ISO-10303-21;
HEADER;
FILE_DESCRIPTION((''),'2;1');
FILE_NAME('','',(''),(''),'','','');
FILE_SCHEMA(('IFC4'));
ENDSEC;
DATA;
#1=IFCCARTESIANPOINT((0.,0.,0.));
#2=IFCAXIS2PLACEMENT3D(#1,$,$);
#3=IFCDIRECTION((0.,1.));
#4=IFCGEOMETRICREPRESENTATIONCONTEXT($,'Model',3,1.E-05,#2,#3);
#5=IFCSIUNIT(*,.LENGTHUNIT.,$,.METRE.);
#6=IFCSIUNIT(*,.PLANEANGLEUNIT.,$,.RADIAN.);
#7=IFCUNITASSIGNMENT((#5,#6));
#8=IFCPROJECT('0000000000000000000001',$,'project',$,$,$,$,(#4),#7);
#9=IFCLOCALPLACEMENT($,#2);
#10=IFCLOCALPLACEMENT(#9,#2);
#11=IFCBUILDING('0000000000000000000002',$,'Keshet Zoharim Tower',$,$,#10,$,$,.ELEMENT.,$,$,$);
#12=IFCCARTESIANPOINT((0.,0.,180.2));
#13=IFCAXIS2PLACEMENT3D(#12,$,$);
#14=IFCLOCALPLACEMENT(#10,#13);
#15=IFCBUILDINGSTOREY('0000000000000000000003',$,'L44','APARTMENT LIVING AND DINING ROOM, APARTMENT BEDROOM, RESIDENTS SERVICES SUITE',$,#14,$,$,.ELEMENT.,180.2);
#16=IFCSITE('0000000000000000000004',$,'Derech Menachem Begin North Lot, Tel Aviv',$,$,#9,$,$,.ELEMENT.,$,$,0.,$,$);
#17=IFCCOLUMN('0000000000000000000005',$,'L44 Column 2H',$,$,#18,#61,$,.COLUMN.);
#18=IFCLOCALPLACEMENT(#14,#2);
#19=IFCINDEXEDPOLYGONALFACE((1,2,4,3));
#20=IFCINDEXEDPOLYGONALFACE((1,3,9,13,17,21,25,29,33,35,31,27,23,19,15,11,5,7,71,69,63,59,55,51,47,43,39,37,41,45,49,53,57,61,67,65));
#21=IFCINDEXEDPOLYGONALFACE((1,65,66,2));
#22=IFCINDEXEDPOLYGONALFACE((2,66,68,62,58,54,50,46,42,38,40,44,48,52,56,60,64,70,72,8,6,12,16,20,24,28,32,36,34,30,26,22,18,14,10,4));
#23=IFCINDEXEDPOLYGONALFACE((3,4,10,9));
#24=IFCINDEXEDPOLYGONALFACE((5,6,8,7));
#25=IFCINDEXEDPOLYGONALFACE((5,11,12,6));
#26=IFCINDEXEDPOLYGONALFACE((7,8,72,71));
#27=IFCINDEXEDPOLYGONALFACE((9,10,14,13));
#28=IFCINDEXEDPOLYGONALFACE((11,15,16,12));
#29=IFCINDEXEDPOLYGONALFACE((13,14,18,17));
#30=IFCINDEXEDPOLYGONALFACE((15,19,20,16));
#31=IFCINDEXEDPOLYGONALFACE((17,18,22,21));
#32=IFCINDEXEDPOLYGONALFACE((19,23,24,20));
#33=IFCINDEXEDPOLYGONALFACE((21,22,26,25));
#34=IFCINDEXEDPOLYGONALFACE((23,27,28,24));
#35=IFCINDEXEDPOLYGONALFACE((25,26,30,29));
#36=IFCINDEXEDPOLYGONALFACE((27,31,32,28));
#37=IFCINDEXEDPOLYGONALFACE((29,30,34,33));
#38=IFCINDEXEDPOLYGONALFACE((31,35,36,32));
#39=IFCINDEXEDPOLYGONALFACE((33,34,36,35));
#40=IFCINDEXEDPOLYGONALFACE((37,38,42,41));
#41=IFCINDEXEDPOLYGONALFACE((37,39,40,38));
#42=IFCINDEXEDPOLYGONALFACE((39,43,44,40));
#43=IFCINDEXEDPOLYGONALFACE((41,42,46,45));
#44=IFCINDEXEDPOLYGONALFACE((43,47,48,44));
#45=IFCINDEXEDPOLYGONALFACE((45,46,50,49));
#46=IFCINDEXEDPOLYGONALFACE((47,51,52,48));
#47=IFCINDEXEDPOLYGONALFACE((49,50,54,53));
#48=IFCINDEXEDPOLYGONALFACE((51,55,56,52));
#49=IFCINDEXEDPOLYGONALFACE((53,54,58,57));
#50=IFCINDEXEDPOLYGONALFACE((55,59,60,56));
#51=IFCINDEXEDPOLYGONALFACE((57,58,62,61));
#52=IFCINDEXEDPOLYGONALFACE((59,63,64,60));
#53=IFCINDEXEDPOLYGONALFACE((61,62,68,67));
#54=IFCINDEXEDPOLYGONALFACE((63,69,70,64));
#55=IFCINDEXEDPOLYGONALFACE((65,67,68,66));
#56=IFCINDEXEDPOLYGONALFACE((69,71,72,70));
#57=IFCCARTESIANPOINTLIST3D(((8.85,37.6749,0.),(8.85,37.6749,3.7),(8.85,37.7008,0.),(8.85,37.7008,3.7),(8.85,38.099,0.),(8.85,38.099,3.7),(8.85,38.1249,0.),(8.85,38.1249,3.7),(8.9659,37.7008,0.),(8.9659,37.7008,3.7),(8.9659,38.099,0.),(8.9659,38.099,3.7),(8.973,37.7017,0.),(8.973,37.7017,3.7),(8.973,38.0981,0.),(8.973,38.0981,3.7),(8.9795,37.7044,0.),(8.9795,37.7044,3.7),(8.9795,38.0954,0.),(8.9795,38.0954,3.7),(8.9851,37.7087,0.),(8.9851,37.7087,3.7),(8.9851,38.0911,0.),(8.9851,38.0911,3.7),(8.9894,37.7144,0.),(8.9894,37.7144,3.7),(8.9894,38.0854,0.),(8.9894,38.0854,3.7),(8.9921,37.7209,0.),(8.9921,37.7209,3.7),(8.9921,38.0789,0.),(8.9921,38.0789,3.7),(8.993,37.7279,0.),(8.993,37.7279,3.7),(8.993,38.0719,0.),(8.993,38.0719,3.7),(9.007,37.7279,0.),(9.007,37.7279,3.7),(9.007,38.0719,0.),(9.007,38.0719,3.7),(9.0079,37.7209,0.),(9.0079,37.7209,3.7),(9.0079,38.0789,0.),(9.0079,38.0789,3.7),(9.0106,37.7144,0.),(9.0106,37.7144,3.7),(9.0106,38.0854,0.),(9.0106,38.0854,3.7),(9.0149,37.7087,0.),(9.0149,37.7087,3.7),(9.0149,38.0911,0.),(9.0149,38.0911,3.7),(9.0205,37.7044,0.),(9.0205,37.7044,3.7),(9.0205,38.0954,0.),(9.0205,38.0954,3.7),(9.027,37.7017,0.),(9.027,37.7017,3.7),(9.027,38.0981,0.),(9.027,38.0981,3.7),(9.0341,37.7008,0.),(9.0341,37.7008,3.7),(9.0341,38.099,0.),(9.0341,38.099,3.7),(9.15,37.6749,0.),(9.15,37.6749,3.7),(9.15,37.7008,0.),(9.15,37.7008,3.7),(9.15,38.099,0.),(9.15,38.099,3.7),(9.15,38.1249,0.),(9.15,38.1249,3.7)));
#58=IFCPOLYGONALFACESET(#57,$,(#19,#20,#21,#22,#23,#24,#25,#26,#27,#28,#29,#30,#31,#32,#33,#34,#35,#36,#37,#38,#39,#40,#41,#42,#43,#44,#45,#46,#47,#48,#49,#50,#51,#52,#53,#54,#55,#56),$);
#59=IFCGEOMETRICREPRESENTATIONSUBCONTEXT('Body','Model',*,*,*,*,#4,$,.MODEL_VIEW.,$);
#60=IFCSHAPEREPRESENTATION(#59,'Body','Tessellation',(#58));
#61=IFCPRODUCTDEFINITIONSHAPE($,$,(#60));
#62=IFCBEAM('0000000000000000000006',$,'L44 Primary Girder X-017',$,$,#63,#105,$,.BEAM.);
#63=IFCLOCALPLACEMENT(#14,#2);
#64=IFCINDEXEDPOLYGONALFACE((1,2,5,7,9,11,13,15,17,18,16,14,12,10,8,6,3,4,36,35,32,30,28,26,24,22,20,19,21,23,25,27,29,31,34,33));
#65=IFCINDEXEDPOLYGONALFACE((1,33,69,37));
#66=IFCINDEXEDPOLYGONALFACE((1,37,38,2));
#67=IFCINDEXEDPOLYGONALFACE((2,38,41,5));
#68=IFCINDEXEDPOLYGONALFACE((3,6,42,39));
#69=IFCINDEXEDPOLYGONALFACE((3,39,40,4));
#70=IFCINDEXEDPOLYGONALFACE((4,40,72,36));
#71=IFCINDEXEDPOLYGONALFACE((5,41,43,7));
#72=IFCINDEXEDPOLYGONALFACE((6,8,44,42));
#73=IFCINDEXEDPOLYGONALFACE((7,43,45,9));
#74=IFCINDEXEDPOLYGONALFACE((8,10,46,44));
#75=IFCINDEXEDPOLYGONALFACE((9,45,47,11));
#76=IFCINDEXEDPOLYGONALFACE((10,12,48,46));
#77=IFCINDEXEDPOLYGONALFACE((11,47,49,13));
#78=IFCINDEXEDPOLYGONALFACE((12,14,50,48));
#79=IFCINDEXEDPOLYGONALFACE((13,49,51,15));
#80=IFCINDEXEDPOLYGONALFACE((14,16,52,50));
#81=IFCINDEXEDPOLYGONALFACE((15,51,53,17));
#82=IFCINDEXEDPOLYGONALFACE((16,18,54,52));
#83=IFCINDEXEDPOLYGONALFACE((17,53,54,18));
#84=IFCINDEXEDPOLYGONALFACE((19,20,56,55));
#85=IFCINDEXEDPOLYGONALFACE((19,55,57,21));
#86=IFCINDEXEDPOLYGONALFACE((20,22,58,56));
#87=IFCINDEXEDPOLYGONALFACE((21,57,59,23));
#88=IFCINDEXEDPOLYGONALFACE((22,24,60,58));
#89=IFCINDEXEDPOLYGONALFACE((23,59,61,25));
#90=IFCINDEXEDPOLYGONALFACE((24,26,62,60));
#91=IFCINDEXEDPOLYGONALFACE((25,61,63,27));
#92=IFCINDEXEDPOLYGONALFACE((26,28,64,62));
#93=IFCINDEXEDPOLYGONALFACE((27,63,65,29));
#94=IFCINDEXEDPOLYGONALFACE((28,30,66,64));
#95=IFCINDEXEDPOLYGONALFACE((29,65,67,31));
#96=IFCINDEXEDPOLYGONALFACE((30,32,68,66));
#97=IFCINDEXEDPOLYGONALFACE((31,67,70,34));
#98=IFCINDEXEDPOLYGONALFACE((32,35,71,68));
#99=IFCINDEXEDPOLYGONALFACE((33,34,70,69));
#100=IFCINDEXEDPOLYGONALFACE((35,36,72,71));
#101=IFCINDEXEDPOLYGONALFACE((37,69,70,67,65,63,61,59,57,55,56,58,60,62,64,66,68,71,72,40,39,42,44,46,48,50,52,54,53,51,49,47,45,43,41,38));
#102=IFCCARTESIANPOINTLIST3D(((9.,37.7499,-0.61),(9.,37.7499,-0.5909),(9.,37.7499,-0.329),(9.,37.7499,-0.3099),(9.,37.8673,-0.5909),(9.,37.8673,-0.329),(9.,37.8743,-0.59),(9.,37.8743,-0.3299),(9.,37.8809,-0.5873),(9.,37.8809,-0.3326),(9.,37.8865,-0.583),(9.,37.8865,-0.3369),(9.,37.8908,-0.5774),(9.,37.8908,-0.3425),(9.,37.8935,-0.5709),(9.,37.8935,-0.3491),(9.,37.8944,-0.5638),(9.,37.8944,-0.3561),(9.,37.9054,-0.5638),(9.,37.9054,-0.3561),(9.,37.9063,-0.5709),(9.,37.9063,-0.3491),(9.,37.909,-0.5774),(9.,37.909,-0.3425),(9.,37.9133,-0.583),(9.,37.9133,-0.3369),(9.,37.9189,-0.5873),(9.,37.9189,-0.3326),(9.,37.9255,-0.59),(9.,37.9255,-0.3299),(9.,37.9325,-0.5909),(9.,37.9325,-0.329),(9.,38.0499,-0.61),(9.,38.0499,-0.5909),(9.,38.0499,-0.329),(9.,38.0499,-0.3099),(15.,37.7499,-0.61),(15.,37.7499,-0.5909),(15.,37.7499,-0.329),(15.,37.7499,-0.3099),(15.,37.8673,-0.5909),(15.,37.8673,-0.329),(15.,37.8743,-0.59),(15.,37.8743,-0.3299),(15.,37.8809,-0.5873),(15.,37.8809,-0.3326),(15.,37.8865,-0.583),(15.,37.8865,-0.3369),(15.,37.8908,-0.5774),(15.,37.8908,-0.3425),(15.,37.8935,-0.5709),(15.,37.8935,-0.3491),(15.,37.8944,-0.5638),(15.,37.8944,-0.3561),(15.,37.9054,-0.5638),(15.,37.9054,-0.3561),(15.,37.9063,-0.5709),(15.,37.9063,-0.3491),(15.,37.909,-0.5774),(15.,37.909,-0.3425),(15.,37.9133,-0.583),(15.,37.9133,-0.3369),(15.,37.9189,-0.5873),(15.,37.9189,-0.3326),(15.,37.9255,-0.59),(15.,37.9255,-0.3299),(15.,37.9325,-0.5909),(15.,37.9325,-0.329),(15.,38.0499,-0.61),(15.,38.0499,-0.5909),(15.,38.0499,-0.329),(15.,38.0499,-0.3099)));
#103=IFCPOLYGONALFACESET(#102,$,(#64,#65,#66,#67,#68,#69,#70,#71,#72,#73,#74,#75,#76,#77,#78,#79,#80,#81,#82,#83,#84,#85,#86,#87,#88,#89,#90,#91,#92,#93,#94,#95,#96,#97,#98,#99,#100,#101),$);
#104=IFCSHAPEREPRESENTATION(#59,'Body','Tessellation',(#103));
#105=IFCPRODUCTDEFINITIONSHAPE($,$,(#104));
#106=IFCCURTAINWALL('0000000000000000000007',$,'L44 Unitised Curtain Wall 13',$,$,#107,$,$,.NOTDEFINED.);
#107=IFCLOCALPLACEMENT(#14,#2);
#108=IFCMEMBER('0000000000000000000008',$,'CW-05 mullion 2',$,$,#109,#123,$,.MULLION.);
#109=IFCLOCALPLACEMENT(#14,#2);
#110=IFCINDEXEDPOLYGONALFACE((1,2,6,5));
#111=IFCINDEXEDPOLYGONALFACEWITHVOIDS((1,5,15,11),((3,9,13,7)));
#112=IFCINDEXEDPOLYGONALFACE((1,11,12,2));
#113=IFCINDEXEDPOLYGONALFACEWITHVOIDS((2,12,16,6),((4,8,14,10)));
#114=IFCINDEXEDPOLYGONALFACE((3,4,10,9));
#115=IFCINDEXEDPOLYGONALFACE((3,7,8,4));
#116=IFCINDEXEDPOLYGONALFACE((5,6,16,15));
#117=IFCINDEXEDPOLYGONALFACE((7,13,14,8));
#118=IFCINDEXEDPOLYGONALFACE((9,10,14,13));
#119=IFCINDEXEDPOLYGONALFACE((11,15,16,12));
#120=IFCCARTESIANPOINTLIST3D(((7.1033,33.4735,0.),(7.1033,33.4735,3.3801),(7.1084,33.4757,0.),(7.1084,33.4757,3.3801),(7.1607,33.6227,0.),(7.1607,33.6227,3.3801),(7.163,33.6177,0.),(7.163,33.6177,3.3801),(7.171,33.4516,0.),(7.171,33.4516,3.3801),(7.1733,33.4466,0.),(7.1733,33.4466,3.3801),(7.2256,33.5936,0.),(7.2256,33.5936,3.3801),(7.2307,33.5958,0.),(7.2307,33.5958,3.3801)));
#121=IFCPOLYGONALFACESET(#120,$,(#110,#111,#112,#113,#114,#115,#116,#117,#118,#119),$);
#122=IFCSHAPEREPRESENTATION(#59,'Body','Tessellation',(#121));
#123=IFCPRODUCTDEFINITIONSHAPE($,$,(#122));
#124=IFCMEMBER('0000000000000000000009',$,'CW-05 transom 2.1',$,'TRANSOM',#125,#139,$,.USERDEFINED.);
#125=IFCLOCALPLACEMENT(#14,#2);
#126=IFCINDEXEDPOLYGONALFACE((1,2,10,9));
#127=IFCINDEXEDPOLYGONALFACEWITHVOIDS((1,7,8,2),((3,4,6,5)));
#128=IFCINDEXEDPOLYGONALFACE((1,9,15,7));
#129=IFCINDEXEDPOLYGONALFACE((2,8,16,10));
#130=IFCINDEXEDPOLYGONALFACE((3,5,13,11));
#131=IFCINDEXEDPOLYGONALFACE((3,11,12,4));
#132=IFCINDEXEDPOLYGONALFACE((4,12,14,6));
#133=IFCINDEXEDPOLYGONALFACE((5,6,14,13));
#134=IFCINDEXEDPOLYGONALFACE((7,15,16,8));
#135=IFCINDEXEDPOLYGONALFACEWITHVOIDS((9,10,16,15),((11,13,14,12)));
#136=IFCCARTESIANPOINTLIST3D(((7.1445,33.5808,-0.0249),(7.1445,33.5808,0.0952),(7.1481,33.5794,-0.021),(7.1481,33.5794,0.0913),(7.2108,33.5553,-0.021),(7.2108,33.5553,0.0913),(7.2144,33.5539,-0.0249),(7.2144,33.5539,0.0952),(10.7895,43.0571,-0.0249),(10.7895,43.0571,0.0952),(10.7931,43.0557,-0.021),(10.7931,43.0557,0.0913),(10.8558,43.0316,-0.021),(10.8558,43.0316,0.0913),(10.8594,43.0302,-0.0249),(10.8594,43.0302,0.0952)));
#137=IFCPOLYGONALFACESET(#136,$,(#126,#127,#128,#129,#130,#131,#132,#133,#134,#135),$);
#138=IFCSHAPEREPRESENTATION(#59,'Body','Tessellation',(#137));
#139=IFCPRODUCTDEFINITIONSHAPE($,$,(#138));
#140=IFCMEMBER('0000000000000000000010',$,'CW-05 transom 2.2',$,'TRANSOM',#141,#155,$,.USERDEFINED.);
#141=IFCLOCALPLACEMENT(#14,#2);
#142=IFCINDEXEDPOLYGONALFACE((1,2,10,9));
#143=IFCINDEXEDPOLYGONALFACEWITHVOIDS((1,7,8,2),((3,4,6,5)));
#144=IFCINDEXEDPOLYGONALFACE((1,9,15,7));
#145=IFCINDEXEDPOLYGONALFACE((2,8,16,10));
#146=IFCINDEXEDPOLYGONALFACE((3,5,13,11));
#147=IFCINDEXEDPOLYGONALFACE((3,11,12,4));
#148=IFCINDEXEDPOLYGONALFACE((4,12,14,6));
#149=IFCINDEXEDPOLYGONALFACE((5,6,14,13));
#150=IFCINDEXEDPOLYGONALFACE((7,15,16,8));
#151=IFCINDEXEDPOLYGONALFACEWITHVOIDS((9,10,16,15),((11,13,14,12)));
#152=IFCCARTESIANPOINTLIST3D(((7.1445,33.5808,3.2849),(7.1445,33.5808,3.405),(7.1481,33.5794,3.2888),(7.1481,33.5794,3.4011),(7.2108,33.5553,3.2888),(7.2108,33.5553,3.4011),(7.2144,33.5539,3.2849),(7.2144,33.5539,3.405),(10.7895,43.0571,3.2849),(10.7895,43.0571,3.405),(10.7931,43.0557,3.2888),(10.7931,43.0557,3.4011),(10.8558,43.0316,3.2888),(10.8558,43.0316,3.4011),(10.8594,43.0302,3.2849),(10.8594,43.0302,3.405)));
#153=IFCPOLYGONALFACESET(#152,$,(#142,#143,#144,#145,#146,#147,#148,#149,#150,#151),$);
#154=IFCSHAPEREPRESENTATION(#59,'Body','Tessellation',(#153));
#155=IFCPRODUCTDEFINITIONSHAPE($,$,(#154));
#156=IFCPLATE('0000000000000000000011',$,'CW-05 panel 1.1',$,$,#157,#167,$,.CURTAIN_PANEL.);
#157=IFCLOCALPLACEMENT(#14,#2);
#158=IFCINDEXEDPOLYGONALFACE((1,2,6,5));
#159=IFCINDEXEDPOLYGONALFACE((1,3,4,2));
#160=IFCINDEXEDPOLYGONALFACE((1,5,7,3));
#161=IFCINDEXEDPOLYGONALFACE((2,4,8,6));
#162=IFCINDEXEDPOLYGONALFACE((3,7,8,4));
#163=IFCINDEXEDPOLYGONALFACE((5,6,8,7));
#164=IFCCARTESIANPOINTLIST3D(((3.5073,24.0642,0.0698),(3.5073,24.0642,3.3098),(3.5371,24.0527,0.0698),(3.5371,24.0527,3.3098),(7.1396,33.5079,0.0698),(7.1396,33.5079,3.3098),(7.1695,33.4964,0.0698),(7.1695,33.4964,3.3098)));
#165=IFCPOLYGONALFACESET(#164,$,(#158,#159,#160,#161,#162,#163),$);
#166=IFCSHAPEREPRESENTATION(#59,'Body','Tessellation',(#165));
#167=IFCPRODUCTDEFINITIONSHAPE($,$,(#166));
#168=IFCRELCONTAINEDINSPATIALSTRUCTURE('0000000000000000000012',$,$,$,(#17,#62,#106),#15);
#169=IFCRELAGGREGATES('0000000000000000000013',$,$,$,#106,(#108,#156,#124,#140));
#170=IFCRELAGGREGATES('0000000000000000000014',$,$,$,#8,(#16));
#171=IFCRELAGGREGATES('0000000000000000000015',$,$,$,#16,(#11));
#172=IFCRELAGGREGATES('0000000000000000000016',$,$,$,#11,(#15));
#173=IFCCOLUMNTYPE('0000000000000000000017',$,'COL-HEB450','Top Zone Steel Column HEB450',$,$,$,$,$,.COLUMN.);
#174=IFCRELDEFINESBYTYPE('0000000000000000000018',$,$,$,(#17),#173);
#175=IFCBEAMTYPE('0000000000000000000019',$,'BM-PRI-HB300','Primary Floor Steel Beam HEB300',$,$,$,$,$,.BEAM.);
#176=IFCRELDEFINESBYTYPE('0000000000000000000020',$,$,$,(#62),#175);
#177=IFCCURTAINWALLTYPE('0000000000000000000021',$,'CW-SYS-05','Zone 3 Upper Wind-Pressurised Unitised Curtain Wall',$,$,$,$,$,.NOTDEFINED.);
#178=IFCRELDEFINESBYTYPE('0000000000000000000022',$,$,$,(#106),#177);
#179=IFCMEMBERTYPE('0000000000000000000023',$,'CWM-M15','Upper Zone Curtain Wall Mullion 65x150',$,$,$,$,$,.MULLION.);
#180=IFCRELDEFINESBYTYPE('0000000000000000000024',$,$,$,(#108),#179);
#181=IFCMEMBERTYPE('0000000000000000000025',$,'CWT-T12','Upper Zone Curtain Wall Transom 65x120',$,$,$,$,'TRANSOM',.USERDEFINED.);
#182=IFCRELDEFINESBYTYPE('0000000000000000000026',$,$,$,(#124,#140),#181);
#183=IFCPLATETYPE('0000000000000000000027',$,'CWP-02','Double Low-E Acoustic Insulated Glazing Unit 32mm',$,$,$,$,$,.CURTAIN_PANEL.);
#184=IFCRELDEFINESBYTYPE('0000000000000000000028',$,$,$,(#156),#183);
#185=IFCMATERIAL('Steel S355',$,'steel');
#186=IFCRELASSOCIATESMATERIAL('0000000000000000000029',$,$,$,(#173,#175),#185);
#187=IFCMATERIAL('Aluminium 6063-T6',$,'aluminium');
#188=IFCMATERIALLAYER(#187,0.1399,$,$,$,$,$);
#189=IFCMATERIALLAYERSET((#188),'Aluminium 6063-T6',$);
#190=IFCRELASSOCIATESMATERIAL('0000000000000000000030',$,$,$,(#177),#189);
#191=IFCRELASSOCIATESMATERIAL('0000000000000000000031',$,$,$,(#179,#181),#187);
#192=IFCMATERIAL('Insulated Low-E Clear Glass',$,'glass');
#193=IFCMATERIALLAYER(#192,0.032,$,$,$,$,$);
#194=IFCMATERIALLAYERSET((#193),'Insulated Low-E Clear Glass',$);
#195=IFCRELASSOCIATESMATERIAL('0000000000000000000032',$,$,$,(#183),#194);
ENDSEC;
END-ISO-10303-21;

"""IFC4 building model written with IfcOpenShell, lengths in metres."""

from ifc_helpers import new_model, si_unit, direction, frame, origin, origin_2d, place, context, subcontext, project, spatial, rectangle, hollow_rectangle, i_section, extrude, material, layer, layer_set, material_profile, profile_set, type_object, element, aggregate, save


model = new_model("IFC4")

# Units and contexts
model_context = context("Model", 3, precision=1e-05, world=origin(), true_north=direction((0.0, 1.0)))
body_context = subcontext(model_context, "Body", "Model", "MODEL_VIEW")
ifc_project = project(units=[si_unit("LENGTHUNIT", "METRE"), si_unit("PLANEANGLEUNIT", "RADIAN")], contexts=[model_context])

# Site, building, storey
site_placement = place(None, origin())
site = spatial("IfcSite", under=ifc_project, at=site_placement, Name="Derech Menachem Begin North Lot, Tel Aviv", CompositionType="ELEMENT", RefElevation=0.0)
building_placement = place(site_placement, origin())
building = spatial("IfcBuilding", under=site, at=building_placement, Name="Keshet Zoharim Tower", CompositionType="ELEMENT")
storey_placement = place(building_placement, frame((0.0, 0.0, 180.2)))
storey = spatial("IfcBuildingStorey", under=building, at=storey_placement, Name="L44", Description="APARTMENT LIVING AND DINING ROOM, APARTMENT BEDROOM, RESIDENTS SERVICES SUITE", CompositionType="ELEMENT", Elevation=180.2)

# Column
ifc_material_1 = material(Name="Steel S355", Category="steel")
ifc_material_profile_1 = material_profile(ifc_material_1, i_section(OverallWidth=0.3, OverallDepth=0.45, WebThickness=0.0139, FlangeThickness=0.0259, FilletRadius=0.0271, at=origin_2d()), Name="HEB450")
ifc_profile_set_1 = profile_set([ifc_material_profile_1], Name="Steel S355")
column_type = type_object("IfcColumnType", Name="COL-HEB450", Description="Top Zone Steel Column HEB450", PredefinedType="COLUMN", material=ifc_profile_set_1)
column_placement = place(storey_placement, frame((9.0, 37.8999, 0.0), z_axis=(0.0, 0.0, 1.0), x_axis=(1.0, 0.0, 0.0)))
element("IfcColumn", 1, at=column_placement, inside=storey, type_object=column_type, Name="L44 Column 2H", PredefinedType="COLUMN", context=body_context, shape_type="SweptSolid", body=[
    extrude(i_section(OverallWidth=0.3, OverallDepth=0.45, WebThickness=0.0139, FlangeThickness=0.0259, FilletRadius=0.0271, at=origin_2d()), origin(), (0.0, 0.0, 1.0), 3.7),
])

# Beam
ifc_material_profile_2 = material_profile(ifc_material_1, i_section(OverallWidth=0.3, OverallDepth=0.3, WebThickness=0.011, FlangeThickness=0.019, FilletRadius=0.0271, at=origin_2d()), Name="HEB300")
ifc_profile_set_2 = profile_set([ifc_material_profile_2], Name="Steel S355")
beam_type = type_object("IfcBeamType", Name="BM-PRI-HB300", Description="Primary Floor Steel Beam HEB300", PredefinedType="BEAM", material=ifc_profile_set_2)
beam_placement = place(storey_placement, frame((9.0, 37.8999, -0.46), z_axis=(1.0, 0.0, 0.0), x_axis=(0.0, 1.0, 0.0)))
element("IfcBeam", 2, at=beam_placement, inside=storey, type_object=beam_type, Name="L44 Primary Girder X-017", PredefinedType="BEAM", context=body_context, shape_type="SweptSolid", body=[
    extrude(i_section(OverallWidth=0.3, OverallDepth=0.3, WebThickness=0.011, FlangeThickness=0.019, FilletRadius=0.0271, at=origin_2d()), origin(), (0.0, 0.0, 1.0), 6.0),
])

# Curtain wall, members, plate
ifc_material_2 = material(Name="Aluminium 6063-T6", Category="aluminium")
ifc_layer_1 = layer(ifc_material_2, 0.1399)
ifc_layer_set_1 = layer_set([ifc_layer_1], Name="Aluminium 6063-T6")
curtain_wall_type = type_object("IfcCurtainWallType", Name="CW-SYS-05", Description="Zone 3 Upper Wind-Pressurised Unitised Curtain Wall", PredefinedType="NOTDEFINED", material=ifc_layer_set_1)
curtain_wall_placement = place(storey_placement, origin())
curtain_wall = element("IfcCurtainWall", 3, at=curtain_wall_placement, inside=storey, type_object=curtain_wall_type, Name="L44 Unitised Curtain Wall 13", PredefinedType="NOTDEFINED")
ifc_material_profile_3 = material_profile(ifc_material_2, hollow_rectangle(XDim=0.075, YDim=0.1599, WallThickness=0.0039, at=origin_2d()), Name="MUL-75x160")
ifc_profile_set_3 = profile_set([ifc_material_profile_3], Name="Aluminium 6063-T6")
member_type_1 = type_object("IfcMemberType", Name="CWM-M15", Description="Upper Zone Curtain Wall Mullion 65x150", PredefinedType="MULLION", material=ifc_profile_set_3)
member_1_placement = place(storey_placement, frame((7.167, 33.5347, 0.0), z_axis=(0.0, 0.0, 1.0), x_axis=(-0.933341, 0.35899, 0.0)))
member_1 = element("IfcMember", 4, at=member_1_placement, type_object=member_type_1, Name="CW-05 mullion 2", PredefinedType="MULLION", context=body_context, shape_type="SweptSolid", body=[
    extrude(hollow_rectangle(XDim=0.075, YDim=0.1599, WallThickness=0.0039, at=origin_2d()), origin(), (0.0, 0.0, 1.0), 3.3801),
])
ifc_material_profile_4 = material_profile(ifc_material_2, hollow_rectangle(XDim=0.075, YDim=0.1201, WallThickness=0.0039, at=origin_2d()), Name="TRN-75x120")
ifc_profile_set_4 = profile_set([ifc_material_profile_4], Name="Aluminium 6063-T6")
member_type_2 = type_object("IfcMemberType", Name="CWT-T12", Description="Upper Zone Curtain Wall Transom 65x120", ElementType="TRANSOM", PredefinedType="USERDEFINED", material=ifc_profile_set_4)
member_2_placement = place(storey_placement, frame((7.1794, 33.5674, 0.0352), z_axis=(0.359003, 0.933336, 0.0), x_axis=(-0.933336, 0.359003, 0.0)))
member_2 = element("IfcMember", 5, at=member_2_placement, type_object=member_type_2, Name="CW-05 transom 2.1", ObjectType="TRANSOM", PredefinedType="USERDEFINED", context=body_context, shape_type="SweptSolid", body=[
    extrude(hollow_rectangle(XDim=0.075, YDim=0.1201, WallThickness=0.0039, at=origin_2d()), origin(), (0.0, 0.0, 1.0), 10.1531),
])
member_3_placement = place(storey_placement, frame((7.1794, 33.5674, 3.345), z_axis=(0.359003, 0.933336, 0.0), x_axis=(-0.933336, 0.359003, 0.0)))
member_3 = element("IfcMember", 6, at=member_3_placement, type_object=member_type_2, Name="CW-05 transom 2.2", ObjectType="TRANSOM", PredefinedType="USERDEFINED", context=body_context, shape_type="SweptSolid", body=[
    extrude(hollow_rectangle(XDim=0.075, YDim=0.1201, WallThickness=0.0039, at=origin_2d()), origin(), (0.0, 0.0, 1.0), 10.1531),
])
ifc_material_3 = material(Name="Insulated Low-E Clear Glass", Category="glass")
ifc_layer_2 = layer(ifc_material_3, 0.032)
ifc_layer_set_2 = layer_set([ifc_layer_2], Name="Insulated Low-E Clear Glass")
plate_type = type_object("IfcPlateType", Name="CWP-02", Description="Double Low-E Acoustic Insulated Glazing Unit 32mm", PredefinedType="CURTAIN_PANEL", material=ifc_layer_set_2)
plate_placement = place(storey_placement, frame((5.3384, 28.7803, 0.0698), z_axis=(0.0, 0.0, 1.0), x_axis=(0.35899, 0.933341, 0.0)))
plate = element("IfcPlate", 7, at=plate_placement, type_object=plate_type, Name="CW-05 panel 1.1", PredefinedType="CURTAIN_PANEL", context=body_context, shape_type="SweptSolid", body=[
    extrude(rectangle(XDim=10.1182, YDim=0.032, at=origin_2d()), origin(), (0.0, 0.0, 1.0), 3.24),
])
aggregate(curtain_wall, [member_1, plate, member_2, member_3])

save(model, "model.ifc")
